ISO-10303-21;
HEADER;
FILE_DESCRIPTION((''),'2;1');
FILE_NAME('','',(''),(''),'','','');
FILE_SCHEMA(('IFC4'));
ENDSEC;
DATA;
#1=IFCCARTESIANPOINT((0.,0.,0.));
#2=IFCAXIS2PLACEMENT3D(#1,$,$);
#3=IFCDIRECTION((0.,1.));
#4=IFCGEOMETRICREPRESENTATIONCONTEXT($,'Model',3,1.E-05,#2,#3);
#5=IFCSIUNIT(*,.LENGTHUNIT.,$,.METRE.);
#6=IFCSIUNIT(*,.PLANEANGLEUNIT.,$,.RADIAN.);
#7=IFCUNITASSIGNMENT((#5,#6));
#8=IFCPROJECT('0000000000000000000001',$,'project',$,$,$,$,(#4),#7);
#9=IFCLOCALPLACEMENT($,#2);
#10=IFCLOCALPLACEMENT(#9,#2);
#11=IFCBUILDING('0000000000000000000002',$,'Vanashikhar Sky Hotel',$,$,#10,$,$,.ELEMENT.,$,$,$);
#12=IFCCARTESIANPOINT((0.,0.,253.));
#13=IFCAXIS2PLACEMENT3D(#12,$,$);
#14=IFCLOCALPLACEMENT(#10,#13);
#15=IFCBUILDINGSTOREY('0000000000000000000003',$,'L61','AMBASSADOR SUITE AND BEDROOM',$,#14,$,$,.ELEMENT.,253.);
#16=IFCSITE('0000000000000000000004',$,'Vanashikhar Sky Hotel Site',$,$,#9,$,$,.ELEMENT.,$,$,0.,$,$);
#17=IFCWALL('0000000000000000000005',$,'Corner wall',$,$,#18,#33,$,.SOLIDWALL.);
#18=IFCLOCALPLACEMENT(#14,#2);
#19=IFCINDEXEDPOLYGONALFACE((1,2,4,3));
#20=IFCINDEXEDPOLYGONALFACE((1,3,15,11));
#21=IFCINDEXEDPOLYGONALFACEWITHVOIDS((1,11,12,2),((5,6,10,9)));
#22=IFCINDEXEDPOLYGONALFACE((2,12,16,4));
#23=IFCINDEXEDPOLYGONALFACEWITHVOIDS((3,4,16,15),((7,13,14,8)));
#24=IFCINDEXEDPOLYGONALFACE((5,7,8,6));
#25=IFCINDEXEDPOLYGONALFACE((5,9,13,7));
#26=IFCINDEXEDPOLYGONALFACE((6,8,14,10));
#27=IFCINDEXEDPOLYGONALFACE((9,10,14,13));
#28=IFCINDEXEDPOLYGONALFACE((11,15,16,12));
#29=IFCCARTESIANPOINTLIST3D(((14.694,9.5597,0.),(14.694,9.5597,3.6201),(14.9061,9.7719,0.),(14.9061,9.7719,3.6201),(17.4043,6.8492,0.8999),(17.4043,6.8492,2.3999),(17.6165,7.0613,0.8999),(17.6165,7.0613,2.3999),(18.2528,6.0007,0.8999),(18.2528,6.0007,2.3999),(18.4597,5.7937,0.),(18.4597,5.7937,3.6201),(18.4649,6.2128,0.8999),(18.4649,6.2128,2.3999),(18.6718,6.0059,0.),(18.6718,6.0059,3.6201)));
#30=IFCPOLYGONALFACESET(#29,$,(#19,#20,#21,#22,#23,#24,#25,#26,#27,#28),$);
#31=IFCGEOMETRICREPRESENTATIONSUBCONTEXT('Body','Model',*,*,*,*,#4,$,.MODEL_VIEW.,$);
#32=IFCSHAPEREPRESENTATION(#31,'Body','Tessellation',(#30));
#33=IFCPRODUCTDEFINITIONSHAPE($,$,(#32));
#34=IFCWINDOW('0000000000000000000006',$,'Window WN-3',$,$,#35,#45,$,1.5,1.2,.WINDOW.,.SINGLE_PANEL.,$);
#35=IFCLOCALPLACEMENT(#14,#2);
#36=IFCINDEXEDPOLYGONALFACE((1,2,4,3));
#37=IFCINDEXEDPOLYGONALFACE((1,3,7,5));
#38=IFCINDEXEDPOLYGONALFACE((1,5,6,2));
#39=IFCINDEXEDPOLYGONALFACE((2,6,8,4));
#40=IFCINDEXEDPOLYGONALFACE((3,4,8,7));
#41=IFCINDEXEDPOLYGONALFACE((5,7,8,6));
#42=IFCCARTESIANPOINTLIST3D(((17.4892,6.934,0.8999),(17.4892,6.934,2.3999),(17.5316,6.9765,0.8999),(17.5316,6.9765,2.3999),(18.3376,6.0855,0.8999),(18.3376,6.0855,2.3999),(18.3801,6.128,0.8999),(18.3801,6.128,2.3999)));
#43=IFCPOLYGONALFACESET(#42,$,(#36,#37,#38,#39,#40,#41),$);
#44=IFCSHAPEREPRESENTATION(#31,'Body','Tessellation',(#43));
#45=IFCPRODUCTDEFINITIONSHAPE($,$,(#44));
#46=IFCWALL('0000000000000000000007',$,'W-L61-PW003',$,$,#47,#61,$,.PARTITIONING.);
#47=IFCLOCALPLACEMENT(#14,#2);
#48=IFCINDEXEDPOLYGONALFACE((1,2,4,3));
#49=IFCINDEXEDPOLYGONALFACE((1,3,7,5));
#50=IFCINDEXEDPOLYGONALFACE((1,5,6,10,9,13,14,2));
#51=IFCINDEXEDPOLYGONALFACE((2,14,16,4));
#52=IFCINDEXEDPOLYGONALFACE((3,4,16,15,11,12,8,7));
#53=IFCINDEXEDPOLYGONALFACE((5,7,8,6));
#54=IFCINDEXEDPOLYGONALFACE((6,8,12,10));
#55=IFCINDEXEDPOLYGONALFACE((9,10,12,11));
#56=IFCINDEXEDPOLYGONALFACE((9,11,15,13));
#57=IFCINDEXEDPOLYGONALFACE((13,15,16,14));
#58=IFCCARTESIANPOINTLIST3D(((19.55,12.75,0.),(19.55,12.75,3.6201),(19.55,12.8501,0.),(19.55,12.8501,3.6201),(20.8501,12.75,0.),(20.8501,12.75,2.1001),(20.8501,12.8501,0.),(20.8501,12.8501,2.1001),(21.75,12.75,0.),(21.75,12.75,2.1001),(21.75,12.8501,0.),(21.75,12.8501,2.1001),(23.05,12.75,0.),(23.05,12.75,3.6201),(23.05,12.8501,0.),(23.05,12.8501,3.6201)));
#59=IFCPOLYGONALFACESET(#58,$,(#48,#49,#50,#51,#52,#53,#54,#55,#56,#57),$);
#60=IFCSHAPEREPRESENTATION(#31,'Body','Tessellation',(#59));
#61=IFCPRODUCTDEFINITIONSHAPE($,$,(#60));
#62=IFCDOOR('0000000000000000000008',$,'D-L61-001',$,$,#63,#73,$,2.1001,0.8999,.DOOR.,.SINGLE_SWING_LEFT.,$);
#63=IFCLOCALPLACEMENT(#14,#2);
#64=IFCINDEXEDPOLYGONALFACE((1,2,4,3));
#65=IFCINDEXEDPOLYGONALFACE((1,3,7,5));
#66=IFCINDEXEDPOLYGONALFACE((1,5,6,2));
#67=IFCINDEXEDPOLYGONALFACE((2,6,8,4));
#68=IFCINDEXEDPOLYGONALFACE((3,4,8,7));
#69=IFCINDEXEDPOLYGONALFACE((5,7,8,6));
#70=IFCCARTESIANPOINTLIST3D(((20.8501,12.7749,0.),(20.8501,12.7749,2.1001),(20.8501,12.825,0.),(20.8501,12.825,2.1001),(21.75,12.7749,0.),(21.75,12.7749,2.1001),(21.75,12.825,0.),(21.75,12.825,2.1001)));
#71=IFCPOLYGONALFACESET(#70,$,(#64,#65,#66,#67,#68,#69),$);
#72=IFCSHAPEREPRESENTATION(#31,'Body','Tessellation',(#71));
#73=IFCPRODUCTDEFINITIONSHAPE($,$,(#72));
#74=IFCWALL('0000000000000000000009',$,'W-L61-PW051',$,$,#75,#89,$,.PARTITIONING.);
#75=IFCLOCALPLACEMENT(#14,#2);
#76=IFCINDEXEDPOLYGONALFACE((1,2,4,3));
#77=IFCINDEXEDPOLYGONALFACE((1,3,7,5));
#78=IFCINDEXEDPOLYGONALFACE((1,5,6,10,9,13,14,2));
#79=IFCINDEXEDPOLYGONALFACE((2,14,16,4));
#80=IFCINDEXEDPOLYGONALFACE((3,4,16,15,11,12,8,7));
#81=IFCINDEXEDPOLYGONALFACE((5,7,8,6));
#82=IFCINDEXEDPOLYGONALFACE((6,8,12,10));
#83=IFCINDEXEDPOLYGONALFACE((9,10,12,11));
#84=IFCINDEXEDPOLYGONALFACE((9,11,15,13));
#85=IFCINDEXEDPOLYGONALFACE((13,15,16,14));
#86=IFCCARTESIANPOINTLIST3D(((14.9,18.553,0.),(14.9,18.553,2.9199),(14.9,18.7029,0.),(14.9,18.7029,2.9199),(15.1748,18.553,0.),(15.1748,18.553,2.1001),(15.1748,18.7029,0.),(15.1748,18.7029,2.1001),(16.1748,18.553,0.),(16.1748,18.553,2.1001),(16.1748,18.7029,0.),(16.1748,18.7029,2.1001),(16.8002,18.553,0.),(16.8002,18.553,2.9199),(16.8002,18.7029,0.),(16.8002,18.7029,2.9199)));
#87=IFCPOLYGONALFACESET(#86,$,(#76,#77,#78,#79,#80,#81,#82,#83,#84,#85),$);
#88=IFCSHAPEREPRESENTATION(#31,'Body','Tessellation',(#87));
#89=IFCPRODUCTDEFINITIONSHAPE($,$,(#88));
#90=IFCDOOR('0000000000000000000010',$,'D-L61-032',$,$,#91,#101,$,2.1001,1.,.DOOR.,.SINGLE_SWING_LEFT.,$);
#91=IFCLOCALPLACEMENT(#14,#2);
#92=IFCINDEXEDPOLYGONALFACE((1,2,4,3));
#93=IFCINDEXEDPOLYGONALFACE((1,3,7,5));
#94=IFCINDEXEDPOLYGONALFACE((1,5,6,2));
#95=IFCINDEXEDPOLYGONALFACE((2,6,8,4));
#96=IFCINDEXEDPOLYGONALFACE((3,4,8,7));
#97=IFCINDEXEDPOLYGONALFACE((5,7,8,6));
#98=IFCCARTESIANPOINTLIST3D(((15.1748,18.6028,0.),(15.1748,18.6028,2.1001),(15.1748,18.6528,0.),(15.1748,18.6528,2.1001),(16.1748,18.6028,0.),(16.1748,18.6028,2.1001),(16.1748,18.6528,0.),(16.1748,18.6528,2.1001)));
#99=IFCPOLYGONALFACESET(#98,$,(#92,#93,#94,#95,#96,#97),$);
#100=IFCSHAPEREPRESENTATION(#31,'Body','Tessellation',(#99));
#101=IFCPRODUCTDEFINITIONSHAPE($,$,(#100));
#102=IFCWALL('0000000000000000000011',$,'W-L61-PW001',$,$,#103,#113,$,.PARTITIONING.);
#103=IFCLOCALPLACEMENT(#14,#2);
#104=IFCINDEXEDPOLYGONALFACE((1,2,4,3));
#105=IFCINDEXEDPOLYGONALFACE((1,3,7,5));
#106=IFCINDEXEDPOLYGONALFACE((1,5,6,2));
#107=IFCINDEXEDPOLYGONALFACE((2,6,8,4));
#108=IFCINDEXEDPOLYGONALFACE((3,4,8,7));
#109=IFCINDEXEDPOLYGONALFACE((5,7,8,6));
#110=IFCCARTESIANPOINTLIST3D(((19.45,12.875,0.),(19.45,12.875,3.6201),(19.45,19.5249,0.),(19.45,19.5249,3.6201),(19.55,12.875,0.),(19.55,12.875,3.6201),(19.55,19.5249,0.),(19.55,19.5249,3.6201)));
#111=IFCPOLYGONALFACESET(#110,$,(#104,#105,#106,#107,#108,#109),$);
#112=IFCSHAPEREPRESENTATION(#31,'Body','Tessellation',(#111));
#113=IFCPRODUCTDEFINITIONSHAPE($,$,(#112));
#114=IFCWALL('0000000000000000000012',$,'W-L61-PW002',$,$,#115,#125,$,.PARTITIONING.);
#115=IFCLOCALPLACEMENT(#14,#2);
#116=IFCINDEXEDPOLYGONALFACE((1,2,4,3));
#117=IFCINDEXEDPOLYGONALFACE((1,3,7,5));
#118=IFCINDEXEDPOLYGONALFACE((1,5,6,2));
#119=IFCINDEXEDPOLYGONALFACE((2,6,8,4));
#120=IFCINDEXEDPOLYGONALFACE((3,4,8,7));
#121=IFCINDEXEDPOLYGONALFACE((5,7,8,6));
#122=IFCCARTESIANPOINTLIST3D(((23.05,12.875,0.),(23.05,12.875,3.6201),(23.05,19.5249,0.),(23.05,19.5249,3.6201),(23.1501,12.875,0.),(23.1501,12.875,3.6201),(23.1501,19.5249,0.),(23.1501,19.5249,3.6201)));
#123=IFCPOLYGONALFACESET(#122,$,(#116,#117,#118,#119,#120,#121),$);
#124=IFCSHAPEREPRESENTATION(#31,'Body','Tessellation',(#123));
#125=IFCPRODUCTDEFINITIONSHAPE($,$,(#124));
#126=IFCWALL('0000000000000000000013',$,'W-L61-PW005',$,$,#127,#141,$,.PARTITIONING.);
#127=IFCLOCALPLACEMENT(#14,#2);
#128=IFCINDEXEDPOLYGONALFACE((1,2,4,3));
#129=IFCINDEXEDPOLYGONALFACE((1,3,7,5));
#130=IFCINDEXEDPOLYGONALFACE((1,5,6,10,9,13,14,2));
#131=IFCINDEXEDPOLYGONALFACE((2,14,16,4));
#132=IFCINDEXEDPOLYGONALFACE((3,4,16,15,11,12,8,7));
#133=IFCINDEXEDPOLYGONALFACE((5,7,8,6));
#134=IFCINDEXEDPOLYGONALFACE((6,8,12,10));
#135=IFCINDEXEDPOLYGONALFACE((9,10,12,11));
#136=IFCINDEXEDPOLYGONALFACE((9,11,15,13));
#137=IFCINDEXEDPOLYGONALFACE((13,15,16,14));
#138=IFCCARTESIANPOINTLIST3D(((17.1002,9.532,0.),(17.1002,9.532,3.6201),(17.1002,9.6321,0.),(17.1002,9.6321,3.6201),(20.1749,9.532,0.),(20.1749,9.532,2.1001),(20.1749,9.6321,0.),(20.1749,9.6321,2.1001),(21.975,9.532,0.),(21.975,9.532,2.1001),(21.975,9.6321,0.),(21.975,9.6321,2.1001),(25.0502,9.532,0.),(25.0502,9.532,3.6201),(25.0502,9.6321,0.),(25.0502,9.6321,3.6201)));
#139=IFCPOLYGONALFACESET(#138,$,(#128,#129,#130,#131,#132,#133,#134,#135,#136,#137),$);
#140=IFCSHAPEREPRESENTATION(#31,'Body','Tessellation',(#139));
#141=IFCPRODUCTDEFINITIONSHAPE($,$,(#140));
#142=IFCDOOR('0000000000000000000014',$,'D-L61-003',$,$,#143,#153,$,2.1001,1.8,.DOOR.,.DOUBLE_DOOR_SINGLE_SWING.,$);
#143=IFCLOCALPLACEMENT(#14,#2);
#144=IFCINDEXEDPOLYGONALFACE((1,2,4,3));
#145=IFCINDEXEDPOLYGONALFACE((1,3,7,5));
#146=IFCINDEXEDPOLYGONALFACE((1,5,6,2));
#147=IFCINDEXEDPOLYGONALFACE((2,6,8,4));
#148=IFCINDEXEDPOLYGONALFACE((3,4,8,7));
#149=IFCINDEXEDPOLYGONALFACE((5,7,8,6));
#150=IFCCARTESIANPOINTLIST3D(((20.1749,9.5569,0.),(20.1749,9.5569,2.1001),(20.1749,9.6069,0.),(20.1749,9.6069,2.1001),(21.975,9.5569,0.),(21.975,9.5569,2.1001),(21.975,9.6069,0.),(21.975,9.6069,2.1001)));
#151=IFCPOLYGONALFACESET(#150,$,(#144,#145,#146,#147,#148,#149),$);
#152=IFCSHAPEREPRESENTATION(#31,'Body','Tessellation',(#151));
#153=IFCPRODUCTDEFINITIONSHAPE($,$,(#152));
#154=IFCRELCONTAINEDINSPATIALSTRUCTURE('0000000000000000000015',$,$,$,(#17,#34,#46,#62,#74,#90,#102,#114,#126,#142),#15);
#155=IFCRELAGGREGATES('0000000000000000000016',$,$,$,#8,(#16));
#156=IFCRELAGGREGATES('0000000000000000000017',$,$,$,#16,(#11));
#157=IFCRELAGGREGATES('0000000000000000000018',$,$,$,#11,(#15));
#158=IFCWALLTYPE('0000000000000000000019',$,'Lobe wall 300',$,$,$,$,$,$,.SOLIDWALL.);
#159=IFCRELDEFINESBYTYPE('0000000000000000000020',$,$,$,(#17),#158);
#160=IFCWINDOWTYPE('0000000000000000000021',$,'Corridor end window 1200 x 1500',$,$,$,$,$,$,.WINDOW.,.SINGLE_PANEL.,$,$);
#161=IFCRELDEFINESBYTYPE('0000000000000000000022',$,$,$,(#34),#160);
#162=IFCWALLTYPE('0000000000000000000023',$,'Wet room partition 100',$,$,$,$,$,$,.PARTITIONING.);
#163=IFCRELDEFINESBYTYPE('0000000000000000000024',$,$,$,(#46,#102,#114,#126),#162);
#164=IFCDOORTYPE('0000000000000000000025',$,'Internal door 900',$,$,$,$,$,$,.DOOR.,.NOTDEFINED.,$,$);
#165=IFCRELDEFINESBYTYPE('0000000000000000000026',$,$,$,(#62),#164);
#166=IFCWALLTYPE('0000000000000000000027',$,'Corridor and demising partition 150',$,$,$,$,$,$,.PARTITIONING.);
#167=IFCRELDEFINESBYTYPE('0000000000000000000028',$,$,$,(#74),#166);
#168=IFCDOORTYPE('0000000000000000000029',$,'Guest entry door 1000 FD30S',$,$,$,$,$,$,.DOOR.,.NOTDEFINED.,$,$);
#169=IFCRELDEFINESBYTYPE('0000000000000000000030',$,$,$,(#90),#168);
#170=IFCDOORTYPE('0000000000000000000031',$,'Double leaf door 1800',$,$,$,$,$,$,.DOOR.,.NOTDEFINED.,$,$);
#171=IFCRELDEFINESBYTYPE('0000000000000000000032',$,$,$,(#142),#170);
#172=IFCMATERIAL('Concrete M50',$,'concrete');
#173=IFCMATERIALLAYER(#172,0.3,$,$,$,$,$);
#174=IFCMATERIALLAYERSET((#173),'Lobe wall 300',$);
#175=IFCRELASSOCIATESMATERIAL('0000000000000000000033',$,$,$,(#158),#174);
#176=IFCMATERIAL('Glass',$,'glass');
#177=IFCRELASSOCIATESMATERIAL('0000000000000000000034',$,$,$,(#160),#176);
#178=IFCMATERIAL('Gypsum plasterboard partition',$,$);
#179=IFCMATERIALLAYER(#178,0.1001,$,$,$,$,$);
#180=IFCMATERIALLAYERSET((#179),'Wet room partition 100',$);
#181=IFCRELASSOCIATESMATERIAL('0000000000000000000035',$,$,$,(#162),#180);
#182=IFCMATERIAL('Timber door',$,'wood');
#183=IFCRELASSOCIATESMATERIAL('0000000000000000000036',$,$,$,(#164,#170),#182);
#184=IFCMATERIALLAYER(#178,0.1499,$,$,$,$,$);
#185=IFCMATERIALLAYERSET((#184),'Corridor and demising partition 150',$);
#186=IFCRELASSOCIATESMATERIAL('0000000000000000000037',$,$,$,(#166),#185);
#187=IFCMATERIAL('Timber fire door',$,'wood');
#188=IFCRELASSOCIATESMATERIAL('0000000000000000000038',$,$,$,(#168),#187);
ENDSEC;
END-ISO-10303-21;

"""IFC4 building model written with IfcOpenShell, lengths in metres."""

from ifc_helpers import new_model, si_unit, direction, frame, frame_2d, origin, place, context, subcontext, project, spatial, rectangle, extrude, source, transform, mapped, material, layer, layer_set, type_object, element, fill, save


model = new_model("IFC4")

# Units and contexts
model_context = context("Model", 3, precision=1e-05, world=origin(), true_north=direction((0.0, 1.0)))
body_context = subcontext(model_context, "Body", "Model", "MODEL_VIEW")
ifc_project = project(units=[si_unit("LENGTHUNIT", "METRE"), si_unit("PLANEANGLEUNIT", "RADIAN")], contexts=[model_context])

# Site, building, storey
site_placement = place(None, origin())
site = spatial("IfcSite", under=ifc_project, at=site_placement, Name="Vanashikhar Sky Hotel Site", CompositionType="ELEMENT", RefElevation=0.0)
building_placement = place(site_placement, origin())
building = spatial("IfcBuilding", under=site, at=building_placement, Name="Vanashikhar Sky Hotel", CompositionType="ELEMENT")
storey_placement = place(building_placement, frame((0.0, 0.0, 253.0)))
storey = spatial("IfcBuildingStorey", under=building, at=storey_placement, Name="L61", Description="AMBASSADOR SUITE AND BEDROOM", CompositionType="ELEMENT", Elevation=253.0)

# Shared definitions
ifc_material_1 = material(Name="Concrete M50", Category="concrete")

# Shared definitions
ifc_material_2 = material(Name="Glass", Category="glass")

# Wall, opening, window
ifc_layer_1 = layer(ifc_material_1, 0.3)
ifc_layer_set_1 = layer_set([ifc_layer_1], Name="Lobe wall 300")
wall_type_1 = type_object("IfcWallType", Name="Lobe wall 300", PredefinedType="SOLIDWALL", material=ifc_layer_set_1)
shared_shape_1 = source(origin(), body_context, "Body", "SweptSolid", [
    extrude(rectangle(XDim=5.3257, YDim=0.3, at=frame_2d((2.6628, 0.0))), origin(), (0.0, 0.0, 1.0), 3.6201),
])
wall_1_placement = place(storey_placement, frame((14.8, 9.6658, 0.0), z_axis=(0.0, 0.0, 1.0), x_axis=(0.707084, -0.70713, 0.0)))
wall_1 = element("IfcWall", 1, at=wall_1_placement, inside=storey, type_object=wall_type_1, Name="Corner wall", PredefinedType="SOLIDWALL", context=body_context, shape_type="MappedRepresentation", body=[
    mapped(shared_shape_1, transform((0.0, 0.0, 0.0), scale=1.0)),
])
shared_shape_2 = source(origin(), body_context, "Body", "SweptSolid", [
    extrude(rectangle(XDim=1.2, YDim=1.5, at=frame_2d((0.6001, 0.75))), frame((0.0, 0.1602, 0.0), z_axis=(0.0, -1.0, 0.0), x_axis=(1.0, 0.0, 0.0)), (0.0, 0.0, 1.0), 0.3201),
])
opening_1_placement = place(wall_1_placement, frame((3.833, 0.0, 0.8999)))
opening_1 = element("IfcOpeningElement", 2, at=opening_1_placement, cuts=wall_1, PredefinedType="OPENING", context=body_context, shape_type="MappedRepresentation", body=[
    mapped(shared_shape_2, transform((0.0, 0.0, 0.0), scale=1.0)),
])
window_type_1 = type_object("IfcWindowType", Name="Corridor end window 1200 x 1500", PartitioningType="SINGLE_PANEL", PredefinedType="WINDOW", material=ifc_material_2)
shared_shape_3 = source(origin(), body_context, "Body", "SweptSolid", [
    extrude(rectangle(XDim=1.2, YDim=1.5, at=frame_2d((0.6001, 0.75))), frame((0.0, 0.03, 0.0), z_axis=(0.0, -1.0, 0.0), x_axis=(1.0, 0.0, 0.0)), (0.0, 0.0, 1.0), 0.0601),
])
window_1_placement = place(opening_1_placement, origin())
window_1 = element("IfcWindow", 3, at=window_1_placement, inside=storey, type_object=window_type_1, Name="Window WN-3", OverallHeight=1.5, OverallWidth=1.2, PartitioningType="SINGLE_PANEL", PredefinedType="WINDOW", context=body_context, shape_type="MappedRepresentation", body=[
    mapped(shared_shape_3, transform((0.0, 0.0, 0.0), scale=1.0)),
])
fill(opening_1, window_1)

# Walls, openings, doors
ifc_material_3 = material(Name="Gypsum plasterboard partition")
ifc_layer_2 = layer(ifc_material_3, 0.1001)
ifc_layer_set_2 = layer_set([ifc_layer_2], Name="Wet room partition 100")
wall_type_2 = type_object("IfcWallType", Name="Wet room partition 100", PredefinedType="PARTITIONING", material=ifc_layer_set_2)
shared_shape_4 = source(origin(), body_context, "Body", "SweptSolid", [
    extrude(rectangle(XDim=3.5, YDim=0.1001, at=frame_2d((1.75, 0.0))), origin(), (0.0, 0.0, 1.0), 3.6201),
])
wall_2_placement = place(storey_placement, frame((19.55, 12.8, 0.0), z_axis=(0.0, 0.0, 1.0), x_axis=(1.0, 0.0, 0.0)))
wall_2 = element("IfcWall", 4, at=wall_2_placement, inside=storey, type_object=wall_type_2, Name="W-L61-PW003", PredefinedType="PARTITIONING", context=body_context, shape_type="MappedRepresentation", body=[
    mapped(shared_shape_4, transform((0.0, 0.0, 0.0), scale=1.0)),
])
shared_shape_5 = source(origin(), body_context, "Body", "SweptSolid", [
    extrude(rectangle(XDim=0.8999, YDim=2.1001, at=frame_2d((0.45, 1.05))), frame((0.0, 0.0601, 0.0), z_axis=(0.0, -1.0, 0.0), x_axis=(1.0, 0.0, 0.0)), (0.0, 0.0, 1.0), 0.1201),
])
opening_2_placement = place(wall_2_placement, frame((1.3, 0.0, 0.0)))
opening_2 = element("IfcOpeningElement", 5, at=opening_2_placement, cuts=wall_2, PredefinedType="OPENING", context=body_context, shape_type="MappedRepresentation", body=[
    mapped(shared_shape_5, transform((0.0, 0.0, 0.0), scale=1.0)),
])
ifc_material_4 = material(Name="Timber door", Category="wood")
door_type_1 = type_object("IfcDoorType", Name="Internal door 900", OperationType="NOTDEFINED", PredefinedType="DOOR", material=ifc_material_4)
shared_shape_6 = source(origin(), body_context, "Body", "SweptSolid", [
    extrude(rectangle(XDim=0.8999, YDim=2.1001, at=frame_2d((0.45, 1.05))), frame((0.0, 0.0249, 0.0), z_axis=(0.0, -1.0, 0.0), x_axis=(1.0, 0.0, 0.0)), (0.0, 0.0, 1.0), 0.05),
])
door_1_placement = place(opening_2_placement, origin())
door_1 = element("IfcDoor", 6, at=door_1_placement, inside=storey, type_object=door_type_1, Name="D-L61-001", OperationType="SINGLE_SWING_LEFT", OverallHeight=2.1001, OverallWidth=0.8999, PredefinedType="DOOR", context=body_context, shape_type="MappedRepresentation", body=[
    mapped(shared_shape_6, transform((0.0, 0.0, 0.0), scale=1.0)),
])
fill(opening_2, door_1)
ifc_layer_3 = layer(ifc_material_3, 0.1499)
ifc_layer_set_3 = layer_set([ifc_layer_3], Name="Corridor and demising partition 150")
wall_type_3 = type_object("IfcWallType", Name="Corridor and demising partition 150", PredefinedType="PARTITIONING", material=ifc_layer_set_3)
shared_shape_7 = source(origin(), body_context, "Body", "SweptSolid", [
    extrude(rectangle(XDim=1.9001, YDim=0.1499, at=frame_2d((0.9502, 0.0))), origin(), (0.0, 0.0, 1.0), 2.9199),
])
wall_3_placement = place(storey_placement, frame((14.8999, 18.6279, 0.0), z_axis=(0.0, 0.0, 1.0), x_axis=(1.0, 0.0, 0.0)))
wall_3 = element("IfcWall", 7, at=wall_3_placement, inside=storey, type_object=wall_type_3, Name="W-L61-PW051", PredefinedType="PARTITIONING", context=body_context, shape_type="MappedRepresentation", body=[
    mapped(shared_shape_7, transform((0.0, 0.0, 0.0), scale=1.0)),
])
shared_shape_8 = source(origin(), body_context, "Body", "SweptSolid", [
    extrude(rectangle(XDim=1.0, YDim=2.1001, at=frame_2d((0.5, 1.05))), frame((0.0, 0.085, 0.0), z_axis=(0.0, -1.0, 0.0), x_axis=(1.0, 0.0, 0.0)), (0.0, 0.0, 1.0), 0.1699),
])
opening_3_placement = place(wall_3_placement, frame((0.2749, 0.0, 0.0)))
opening_3 = element("IfcOpeningElement", 8, at=opening_3_placement, cuts=wall_3, PredefinedType="OPENING", context=body_context, shape_type="MappedRepresentation", body=[
    mapped(shared_shape_8, transform((0.0, 0.0, 0.0), scale=1.0)),
])
ifc_material_5 = material(Name="Timber fire door", Category="wood")
door_type_2 = type_object("IfcDoorType", Name="Guest entry door 1000 FD30S", OperationType="NOTDEFINED", PredefinedType="DOOR", material=ifc_material_5)
shared_shape_9 = source(origin(), body_context, "Body", "SweptSolid", [
    extrude(rectangle(XDim=1.0, YDim=2.1001, at=frame_2d((0.5, 1.05))), frame((0.0, 0.0249, 0.0), z_axis=(0.0, -1.0, 0.0), x_axis=(1.0, 0.0, 0.0)), (0.0, 0.0, 1.0), 0.05),
])
door_2_placement = place(opening_3_placement, origin())
door_2 = element("IfcDoor", 9, at=door_2_placement, inside=storey, type_object=door_type_2, Name="D-L61-032", OperationType="SINGLE_SWING_LEFT", OverallHeight=2.1001, OverallWidth=1.0, PredefinedType="DOOR", context=body_context, shape_type="MappedRepresentation", body=[
    mapped(shared_shape_9, transform((0.0, 0.0, 0.0), scale=1.0)),
])
fill(opening_3, door_2)

# Walls
shared_shape_10 = source(origin(), body_context, "Body", "SweptSolid", [
    extrude(rectangle(XDim=6.6499, YDim=0.1001, at=frame_2d((3.325, 0.0))), origin(), (0.0, 0.0, 1.0), 3.6201),
])
for number, where, z_axis, x_axis, name in (
    (10, (19.5, 12.875, 0.0), (0.0, 0.0, 1.0), (0.0, 1.0, 0.0), "W-L61-PW001"),
    (11, (23.1001, 12.875, 0.0), (0.0, 0.0, 1.0), (0.0, 1.0, 0.0), "W-L61-PW002"),
):
    element("IfcWall", number, at=place(storey_placement, frame(where, z_axis=z_axis, x_axis=x_axis)), inside=storey, type_object=wall_type_2, Name=name, PredefinedType="PARTITIONING", context=body_context, shape_type="MappedRepresentation", body=[
        mapped(shared_shape_10, transform((0.0, 0.0, 0.0), scale=1.0)),
    ])

# Wall, opening, door
shared_shape_11 = source(origin(), body_context, "Body", "SweptSolid", [
    extrude(rectangle(XDim=7.95, YDim=0.1001, at=frame_2d((3.9751, 0.0))), origin(), (0.0, 0.0, 1.0), 3.6201),
])
wall_4_placement = place(storey_placement, frame((17.1001, 9.582, 0.0), z_axis=(0.0, 0.0, 1.0), x_axis=(1.0, 0.0, 0.0)))
wall_4 = element("IfcWall", 12, at=wall_4_placement, inside=storey, type_object=wall_type_2, Name="W-L61-PW005", PredefinedType="PARTITIONING", context=body_context, shape_type="MappedRepresentation", body=[
    mapped(shared_shape_11, transform((0.0, 0.0, 0.0), scale=1.0)),
])
shared_shape_12 = source(origin(), body_context, "Body", "SweptSolid", [
    extrude(rectangle(XDim=1.8, YDim=2.1001, at=frame_2d((0.8999, 1.05))), frame((0.0, 0.0601, 0.0), z_axis=(0.0, -1.0, 0.0), x_axis=(1.0, 0.0, 0.0)), (0.0, 0.0, 1.0), 0.1201),
])
opening_4_placement = place(wall_4_placement, frame((3.075, 0.0, 0.0)))
opening_4 = element("IfcOpeningElement", 13, at=opening_4_placement, cuts=wall_4, PredefinedType="OPENING", context=body_context, shape_type="MappedRepresentation", body=[
    mapped(shared_shape_12, transform((0.0, 0.0, 0.0), scale=1.0)),
])
door_type_3 = type_object("IfcDoorType", Name="Double leaf door 1800", OperationType="NOTDEFINED", PredefinedType="DOOR", material=ifc_material_4)
shared_shape_13 = source(origin(), body_context, "Body", "SweptSolid", [
    extrude(rectangle(XDim=1.8, YDim=2.1001, at=frame_2d((0.8999, 1.05))), frame((0.0, 0.0249, 0.0), z_axis=(0.0, -1.0, 0.0), x_axis=(1.0, 0.0, 0.0)), (0.0, 0.0, 1.0), 0.05),
])
door_3_placement = place(opening_4_placement, origin())
door_3 = element("IfcDoor", 14, at=door_3_placement, inside=storey, type_object=door_type_3, Name="D-L61-003", OperationType="DOUBLE_DOOR_SINGLE_SWING", OverallHeight=2.1001, OverallWidth=1.8, PredefinedType="DOOR", context=body_context, shape_type="MappedRepresentation", body=[
    mapped(shared_shape_13, transform((0.0, 0.0, 0.0), scale=1.0)),
])
fill(opening_4, door_3)

save(model, "model.ifc")
